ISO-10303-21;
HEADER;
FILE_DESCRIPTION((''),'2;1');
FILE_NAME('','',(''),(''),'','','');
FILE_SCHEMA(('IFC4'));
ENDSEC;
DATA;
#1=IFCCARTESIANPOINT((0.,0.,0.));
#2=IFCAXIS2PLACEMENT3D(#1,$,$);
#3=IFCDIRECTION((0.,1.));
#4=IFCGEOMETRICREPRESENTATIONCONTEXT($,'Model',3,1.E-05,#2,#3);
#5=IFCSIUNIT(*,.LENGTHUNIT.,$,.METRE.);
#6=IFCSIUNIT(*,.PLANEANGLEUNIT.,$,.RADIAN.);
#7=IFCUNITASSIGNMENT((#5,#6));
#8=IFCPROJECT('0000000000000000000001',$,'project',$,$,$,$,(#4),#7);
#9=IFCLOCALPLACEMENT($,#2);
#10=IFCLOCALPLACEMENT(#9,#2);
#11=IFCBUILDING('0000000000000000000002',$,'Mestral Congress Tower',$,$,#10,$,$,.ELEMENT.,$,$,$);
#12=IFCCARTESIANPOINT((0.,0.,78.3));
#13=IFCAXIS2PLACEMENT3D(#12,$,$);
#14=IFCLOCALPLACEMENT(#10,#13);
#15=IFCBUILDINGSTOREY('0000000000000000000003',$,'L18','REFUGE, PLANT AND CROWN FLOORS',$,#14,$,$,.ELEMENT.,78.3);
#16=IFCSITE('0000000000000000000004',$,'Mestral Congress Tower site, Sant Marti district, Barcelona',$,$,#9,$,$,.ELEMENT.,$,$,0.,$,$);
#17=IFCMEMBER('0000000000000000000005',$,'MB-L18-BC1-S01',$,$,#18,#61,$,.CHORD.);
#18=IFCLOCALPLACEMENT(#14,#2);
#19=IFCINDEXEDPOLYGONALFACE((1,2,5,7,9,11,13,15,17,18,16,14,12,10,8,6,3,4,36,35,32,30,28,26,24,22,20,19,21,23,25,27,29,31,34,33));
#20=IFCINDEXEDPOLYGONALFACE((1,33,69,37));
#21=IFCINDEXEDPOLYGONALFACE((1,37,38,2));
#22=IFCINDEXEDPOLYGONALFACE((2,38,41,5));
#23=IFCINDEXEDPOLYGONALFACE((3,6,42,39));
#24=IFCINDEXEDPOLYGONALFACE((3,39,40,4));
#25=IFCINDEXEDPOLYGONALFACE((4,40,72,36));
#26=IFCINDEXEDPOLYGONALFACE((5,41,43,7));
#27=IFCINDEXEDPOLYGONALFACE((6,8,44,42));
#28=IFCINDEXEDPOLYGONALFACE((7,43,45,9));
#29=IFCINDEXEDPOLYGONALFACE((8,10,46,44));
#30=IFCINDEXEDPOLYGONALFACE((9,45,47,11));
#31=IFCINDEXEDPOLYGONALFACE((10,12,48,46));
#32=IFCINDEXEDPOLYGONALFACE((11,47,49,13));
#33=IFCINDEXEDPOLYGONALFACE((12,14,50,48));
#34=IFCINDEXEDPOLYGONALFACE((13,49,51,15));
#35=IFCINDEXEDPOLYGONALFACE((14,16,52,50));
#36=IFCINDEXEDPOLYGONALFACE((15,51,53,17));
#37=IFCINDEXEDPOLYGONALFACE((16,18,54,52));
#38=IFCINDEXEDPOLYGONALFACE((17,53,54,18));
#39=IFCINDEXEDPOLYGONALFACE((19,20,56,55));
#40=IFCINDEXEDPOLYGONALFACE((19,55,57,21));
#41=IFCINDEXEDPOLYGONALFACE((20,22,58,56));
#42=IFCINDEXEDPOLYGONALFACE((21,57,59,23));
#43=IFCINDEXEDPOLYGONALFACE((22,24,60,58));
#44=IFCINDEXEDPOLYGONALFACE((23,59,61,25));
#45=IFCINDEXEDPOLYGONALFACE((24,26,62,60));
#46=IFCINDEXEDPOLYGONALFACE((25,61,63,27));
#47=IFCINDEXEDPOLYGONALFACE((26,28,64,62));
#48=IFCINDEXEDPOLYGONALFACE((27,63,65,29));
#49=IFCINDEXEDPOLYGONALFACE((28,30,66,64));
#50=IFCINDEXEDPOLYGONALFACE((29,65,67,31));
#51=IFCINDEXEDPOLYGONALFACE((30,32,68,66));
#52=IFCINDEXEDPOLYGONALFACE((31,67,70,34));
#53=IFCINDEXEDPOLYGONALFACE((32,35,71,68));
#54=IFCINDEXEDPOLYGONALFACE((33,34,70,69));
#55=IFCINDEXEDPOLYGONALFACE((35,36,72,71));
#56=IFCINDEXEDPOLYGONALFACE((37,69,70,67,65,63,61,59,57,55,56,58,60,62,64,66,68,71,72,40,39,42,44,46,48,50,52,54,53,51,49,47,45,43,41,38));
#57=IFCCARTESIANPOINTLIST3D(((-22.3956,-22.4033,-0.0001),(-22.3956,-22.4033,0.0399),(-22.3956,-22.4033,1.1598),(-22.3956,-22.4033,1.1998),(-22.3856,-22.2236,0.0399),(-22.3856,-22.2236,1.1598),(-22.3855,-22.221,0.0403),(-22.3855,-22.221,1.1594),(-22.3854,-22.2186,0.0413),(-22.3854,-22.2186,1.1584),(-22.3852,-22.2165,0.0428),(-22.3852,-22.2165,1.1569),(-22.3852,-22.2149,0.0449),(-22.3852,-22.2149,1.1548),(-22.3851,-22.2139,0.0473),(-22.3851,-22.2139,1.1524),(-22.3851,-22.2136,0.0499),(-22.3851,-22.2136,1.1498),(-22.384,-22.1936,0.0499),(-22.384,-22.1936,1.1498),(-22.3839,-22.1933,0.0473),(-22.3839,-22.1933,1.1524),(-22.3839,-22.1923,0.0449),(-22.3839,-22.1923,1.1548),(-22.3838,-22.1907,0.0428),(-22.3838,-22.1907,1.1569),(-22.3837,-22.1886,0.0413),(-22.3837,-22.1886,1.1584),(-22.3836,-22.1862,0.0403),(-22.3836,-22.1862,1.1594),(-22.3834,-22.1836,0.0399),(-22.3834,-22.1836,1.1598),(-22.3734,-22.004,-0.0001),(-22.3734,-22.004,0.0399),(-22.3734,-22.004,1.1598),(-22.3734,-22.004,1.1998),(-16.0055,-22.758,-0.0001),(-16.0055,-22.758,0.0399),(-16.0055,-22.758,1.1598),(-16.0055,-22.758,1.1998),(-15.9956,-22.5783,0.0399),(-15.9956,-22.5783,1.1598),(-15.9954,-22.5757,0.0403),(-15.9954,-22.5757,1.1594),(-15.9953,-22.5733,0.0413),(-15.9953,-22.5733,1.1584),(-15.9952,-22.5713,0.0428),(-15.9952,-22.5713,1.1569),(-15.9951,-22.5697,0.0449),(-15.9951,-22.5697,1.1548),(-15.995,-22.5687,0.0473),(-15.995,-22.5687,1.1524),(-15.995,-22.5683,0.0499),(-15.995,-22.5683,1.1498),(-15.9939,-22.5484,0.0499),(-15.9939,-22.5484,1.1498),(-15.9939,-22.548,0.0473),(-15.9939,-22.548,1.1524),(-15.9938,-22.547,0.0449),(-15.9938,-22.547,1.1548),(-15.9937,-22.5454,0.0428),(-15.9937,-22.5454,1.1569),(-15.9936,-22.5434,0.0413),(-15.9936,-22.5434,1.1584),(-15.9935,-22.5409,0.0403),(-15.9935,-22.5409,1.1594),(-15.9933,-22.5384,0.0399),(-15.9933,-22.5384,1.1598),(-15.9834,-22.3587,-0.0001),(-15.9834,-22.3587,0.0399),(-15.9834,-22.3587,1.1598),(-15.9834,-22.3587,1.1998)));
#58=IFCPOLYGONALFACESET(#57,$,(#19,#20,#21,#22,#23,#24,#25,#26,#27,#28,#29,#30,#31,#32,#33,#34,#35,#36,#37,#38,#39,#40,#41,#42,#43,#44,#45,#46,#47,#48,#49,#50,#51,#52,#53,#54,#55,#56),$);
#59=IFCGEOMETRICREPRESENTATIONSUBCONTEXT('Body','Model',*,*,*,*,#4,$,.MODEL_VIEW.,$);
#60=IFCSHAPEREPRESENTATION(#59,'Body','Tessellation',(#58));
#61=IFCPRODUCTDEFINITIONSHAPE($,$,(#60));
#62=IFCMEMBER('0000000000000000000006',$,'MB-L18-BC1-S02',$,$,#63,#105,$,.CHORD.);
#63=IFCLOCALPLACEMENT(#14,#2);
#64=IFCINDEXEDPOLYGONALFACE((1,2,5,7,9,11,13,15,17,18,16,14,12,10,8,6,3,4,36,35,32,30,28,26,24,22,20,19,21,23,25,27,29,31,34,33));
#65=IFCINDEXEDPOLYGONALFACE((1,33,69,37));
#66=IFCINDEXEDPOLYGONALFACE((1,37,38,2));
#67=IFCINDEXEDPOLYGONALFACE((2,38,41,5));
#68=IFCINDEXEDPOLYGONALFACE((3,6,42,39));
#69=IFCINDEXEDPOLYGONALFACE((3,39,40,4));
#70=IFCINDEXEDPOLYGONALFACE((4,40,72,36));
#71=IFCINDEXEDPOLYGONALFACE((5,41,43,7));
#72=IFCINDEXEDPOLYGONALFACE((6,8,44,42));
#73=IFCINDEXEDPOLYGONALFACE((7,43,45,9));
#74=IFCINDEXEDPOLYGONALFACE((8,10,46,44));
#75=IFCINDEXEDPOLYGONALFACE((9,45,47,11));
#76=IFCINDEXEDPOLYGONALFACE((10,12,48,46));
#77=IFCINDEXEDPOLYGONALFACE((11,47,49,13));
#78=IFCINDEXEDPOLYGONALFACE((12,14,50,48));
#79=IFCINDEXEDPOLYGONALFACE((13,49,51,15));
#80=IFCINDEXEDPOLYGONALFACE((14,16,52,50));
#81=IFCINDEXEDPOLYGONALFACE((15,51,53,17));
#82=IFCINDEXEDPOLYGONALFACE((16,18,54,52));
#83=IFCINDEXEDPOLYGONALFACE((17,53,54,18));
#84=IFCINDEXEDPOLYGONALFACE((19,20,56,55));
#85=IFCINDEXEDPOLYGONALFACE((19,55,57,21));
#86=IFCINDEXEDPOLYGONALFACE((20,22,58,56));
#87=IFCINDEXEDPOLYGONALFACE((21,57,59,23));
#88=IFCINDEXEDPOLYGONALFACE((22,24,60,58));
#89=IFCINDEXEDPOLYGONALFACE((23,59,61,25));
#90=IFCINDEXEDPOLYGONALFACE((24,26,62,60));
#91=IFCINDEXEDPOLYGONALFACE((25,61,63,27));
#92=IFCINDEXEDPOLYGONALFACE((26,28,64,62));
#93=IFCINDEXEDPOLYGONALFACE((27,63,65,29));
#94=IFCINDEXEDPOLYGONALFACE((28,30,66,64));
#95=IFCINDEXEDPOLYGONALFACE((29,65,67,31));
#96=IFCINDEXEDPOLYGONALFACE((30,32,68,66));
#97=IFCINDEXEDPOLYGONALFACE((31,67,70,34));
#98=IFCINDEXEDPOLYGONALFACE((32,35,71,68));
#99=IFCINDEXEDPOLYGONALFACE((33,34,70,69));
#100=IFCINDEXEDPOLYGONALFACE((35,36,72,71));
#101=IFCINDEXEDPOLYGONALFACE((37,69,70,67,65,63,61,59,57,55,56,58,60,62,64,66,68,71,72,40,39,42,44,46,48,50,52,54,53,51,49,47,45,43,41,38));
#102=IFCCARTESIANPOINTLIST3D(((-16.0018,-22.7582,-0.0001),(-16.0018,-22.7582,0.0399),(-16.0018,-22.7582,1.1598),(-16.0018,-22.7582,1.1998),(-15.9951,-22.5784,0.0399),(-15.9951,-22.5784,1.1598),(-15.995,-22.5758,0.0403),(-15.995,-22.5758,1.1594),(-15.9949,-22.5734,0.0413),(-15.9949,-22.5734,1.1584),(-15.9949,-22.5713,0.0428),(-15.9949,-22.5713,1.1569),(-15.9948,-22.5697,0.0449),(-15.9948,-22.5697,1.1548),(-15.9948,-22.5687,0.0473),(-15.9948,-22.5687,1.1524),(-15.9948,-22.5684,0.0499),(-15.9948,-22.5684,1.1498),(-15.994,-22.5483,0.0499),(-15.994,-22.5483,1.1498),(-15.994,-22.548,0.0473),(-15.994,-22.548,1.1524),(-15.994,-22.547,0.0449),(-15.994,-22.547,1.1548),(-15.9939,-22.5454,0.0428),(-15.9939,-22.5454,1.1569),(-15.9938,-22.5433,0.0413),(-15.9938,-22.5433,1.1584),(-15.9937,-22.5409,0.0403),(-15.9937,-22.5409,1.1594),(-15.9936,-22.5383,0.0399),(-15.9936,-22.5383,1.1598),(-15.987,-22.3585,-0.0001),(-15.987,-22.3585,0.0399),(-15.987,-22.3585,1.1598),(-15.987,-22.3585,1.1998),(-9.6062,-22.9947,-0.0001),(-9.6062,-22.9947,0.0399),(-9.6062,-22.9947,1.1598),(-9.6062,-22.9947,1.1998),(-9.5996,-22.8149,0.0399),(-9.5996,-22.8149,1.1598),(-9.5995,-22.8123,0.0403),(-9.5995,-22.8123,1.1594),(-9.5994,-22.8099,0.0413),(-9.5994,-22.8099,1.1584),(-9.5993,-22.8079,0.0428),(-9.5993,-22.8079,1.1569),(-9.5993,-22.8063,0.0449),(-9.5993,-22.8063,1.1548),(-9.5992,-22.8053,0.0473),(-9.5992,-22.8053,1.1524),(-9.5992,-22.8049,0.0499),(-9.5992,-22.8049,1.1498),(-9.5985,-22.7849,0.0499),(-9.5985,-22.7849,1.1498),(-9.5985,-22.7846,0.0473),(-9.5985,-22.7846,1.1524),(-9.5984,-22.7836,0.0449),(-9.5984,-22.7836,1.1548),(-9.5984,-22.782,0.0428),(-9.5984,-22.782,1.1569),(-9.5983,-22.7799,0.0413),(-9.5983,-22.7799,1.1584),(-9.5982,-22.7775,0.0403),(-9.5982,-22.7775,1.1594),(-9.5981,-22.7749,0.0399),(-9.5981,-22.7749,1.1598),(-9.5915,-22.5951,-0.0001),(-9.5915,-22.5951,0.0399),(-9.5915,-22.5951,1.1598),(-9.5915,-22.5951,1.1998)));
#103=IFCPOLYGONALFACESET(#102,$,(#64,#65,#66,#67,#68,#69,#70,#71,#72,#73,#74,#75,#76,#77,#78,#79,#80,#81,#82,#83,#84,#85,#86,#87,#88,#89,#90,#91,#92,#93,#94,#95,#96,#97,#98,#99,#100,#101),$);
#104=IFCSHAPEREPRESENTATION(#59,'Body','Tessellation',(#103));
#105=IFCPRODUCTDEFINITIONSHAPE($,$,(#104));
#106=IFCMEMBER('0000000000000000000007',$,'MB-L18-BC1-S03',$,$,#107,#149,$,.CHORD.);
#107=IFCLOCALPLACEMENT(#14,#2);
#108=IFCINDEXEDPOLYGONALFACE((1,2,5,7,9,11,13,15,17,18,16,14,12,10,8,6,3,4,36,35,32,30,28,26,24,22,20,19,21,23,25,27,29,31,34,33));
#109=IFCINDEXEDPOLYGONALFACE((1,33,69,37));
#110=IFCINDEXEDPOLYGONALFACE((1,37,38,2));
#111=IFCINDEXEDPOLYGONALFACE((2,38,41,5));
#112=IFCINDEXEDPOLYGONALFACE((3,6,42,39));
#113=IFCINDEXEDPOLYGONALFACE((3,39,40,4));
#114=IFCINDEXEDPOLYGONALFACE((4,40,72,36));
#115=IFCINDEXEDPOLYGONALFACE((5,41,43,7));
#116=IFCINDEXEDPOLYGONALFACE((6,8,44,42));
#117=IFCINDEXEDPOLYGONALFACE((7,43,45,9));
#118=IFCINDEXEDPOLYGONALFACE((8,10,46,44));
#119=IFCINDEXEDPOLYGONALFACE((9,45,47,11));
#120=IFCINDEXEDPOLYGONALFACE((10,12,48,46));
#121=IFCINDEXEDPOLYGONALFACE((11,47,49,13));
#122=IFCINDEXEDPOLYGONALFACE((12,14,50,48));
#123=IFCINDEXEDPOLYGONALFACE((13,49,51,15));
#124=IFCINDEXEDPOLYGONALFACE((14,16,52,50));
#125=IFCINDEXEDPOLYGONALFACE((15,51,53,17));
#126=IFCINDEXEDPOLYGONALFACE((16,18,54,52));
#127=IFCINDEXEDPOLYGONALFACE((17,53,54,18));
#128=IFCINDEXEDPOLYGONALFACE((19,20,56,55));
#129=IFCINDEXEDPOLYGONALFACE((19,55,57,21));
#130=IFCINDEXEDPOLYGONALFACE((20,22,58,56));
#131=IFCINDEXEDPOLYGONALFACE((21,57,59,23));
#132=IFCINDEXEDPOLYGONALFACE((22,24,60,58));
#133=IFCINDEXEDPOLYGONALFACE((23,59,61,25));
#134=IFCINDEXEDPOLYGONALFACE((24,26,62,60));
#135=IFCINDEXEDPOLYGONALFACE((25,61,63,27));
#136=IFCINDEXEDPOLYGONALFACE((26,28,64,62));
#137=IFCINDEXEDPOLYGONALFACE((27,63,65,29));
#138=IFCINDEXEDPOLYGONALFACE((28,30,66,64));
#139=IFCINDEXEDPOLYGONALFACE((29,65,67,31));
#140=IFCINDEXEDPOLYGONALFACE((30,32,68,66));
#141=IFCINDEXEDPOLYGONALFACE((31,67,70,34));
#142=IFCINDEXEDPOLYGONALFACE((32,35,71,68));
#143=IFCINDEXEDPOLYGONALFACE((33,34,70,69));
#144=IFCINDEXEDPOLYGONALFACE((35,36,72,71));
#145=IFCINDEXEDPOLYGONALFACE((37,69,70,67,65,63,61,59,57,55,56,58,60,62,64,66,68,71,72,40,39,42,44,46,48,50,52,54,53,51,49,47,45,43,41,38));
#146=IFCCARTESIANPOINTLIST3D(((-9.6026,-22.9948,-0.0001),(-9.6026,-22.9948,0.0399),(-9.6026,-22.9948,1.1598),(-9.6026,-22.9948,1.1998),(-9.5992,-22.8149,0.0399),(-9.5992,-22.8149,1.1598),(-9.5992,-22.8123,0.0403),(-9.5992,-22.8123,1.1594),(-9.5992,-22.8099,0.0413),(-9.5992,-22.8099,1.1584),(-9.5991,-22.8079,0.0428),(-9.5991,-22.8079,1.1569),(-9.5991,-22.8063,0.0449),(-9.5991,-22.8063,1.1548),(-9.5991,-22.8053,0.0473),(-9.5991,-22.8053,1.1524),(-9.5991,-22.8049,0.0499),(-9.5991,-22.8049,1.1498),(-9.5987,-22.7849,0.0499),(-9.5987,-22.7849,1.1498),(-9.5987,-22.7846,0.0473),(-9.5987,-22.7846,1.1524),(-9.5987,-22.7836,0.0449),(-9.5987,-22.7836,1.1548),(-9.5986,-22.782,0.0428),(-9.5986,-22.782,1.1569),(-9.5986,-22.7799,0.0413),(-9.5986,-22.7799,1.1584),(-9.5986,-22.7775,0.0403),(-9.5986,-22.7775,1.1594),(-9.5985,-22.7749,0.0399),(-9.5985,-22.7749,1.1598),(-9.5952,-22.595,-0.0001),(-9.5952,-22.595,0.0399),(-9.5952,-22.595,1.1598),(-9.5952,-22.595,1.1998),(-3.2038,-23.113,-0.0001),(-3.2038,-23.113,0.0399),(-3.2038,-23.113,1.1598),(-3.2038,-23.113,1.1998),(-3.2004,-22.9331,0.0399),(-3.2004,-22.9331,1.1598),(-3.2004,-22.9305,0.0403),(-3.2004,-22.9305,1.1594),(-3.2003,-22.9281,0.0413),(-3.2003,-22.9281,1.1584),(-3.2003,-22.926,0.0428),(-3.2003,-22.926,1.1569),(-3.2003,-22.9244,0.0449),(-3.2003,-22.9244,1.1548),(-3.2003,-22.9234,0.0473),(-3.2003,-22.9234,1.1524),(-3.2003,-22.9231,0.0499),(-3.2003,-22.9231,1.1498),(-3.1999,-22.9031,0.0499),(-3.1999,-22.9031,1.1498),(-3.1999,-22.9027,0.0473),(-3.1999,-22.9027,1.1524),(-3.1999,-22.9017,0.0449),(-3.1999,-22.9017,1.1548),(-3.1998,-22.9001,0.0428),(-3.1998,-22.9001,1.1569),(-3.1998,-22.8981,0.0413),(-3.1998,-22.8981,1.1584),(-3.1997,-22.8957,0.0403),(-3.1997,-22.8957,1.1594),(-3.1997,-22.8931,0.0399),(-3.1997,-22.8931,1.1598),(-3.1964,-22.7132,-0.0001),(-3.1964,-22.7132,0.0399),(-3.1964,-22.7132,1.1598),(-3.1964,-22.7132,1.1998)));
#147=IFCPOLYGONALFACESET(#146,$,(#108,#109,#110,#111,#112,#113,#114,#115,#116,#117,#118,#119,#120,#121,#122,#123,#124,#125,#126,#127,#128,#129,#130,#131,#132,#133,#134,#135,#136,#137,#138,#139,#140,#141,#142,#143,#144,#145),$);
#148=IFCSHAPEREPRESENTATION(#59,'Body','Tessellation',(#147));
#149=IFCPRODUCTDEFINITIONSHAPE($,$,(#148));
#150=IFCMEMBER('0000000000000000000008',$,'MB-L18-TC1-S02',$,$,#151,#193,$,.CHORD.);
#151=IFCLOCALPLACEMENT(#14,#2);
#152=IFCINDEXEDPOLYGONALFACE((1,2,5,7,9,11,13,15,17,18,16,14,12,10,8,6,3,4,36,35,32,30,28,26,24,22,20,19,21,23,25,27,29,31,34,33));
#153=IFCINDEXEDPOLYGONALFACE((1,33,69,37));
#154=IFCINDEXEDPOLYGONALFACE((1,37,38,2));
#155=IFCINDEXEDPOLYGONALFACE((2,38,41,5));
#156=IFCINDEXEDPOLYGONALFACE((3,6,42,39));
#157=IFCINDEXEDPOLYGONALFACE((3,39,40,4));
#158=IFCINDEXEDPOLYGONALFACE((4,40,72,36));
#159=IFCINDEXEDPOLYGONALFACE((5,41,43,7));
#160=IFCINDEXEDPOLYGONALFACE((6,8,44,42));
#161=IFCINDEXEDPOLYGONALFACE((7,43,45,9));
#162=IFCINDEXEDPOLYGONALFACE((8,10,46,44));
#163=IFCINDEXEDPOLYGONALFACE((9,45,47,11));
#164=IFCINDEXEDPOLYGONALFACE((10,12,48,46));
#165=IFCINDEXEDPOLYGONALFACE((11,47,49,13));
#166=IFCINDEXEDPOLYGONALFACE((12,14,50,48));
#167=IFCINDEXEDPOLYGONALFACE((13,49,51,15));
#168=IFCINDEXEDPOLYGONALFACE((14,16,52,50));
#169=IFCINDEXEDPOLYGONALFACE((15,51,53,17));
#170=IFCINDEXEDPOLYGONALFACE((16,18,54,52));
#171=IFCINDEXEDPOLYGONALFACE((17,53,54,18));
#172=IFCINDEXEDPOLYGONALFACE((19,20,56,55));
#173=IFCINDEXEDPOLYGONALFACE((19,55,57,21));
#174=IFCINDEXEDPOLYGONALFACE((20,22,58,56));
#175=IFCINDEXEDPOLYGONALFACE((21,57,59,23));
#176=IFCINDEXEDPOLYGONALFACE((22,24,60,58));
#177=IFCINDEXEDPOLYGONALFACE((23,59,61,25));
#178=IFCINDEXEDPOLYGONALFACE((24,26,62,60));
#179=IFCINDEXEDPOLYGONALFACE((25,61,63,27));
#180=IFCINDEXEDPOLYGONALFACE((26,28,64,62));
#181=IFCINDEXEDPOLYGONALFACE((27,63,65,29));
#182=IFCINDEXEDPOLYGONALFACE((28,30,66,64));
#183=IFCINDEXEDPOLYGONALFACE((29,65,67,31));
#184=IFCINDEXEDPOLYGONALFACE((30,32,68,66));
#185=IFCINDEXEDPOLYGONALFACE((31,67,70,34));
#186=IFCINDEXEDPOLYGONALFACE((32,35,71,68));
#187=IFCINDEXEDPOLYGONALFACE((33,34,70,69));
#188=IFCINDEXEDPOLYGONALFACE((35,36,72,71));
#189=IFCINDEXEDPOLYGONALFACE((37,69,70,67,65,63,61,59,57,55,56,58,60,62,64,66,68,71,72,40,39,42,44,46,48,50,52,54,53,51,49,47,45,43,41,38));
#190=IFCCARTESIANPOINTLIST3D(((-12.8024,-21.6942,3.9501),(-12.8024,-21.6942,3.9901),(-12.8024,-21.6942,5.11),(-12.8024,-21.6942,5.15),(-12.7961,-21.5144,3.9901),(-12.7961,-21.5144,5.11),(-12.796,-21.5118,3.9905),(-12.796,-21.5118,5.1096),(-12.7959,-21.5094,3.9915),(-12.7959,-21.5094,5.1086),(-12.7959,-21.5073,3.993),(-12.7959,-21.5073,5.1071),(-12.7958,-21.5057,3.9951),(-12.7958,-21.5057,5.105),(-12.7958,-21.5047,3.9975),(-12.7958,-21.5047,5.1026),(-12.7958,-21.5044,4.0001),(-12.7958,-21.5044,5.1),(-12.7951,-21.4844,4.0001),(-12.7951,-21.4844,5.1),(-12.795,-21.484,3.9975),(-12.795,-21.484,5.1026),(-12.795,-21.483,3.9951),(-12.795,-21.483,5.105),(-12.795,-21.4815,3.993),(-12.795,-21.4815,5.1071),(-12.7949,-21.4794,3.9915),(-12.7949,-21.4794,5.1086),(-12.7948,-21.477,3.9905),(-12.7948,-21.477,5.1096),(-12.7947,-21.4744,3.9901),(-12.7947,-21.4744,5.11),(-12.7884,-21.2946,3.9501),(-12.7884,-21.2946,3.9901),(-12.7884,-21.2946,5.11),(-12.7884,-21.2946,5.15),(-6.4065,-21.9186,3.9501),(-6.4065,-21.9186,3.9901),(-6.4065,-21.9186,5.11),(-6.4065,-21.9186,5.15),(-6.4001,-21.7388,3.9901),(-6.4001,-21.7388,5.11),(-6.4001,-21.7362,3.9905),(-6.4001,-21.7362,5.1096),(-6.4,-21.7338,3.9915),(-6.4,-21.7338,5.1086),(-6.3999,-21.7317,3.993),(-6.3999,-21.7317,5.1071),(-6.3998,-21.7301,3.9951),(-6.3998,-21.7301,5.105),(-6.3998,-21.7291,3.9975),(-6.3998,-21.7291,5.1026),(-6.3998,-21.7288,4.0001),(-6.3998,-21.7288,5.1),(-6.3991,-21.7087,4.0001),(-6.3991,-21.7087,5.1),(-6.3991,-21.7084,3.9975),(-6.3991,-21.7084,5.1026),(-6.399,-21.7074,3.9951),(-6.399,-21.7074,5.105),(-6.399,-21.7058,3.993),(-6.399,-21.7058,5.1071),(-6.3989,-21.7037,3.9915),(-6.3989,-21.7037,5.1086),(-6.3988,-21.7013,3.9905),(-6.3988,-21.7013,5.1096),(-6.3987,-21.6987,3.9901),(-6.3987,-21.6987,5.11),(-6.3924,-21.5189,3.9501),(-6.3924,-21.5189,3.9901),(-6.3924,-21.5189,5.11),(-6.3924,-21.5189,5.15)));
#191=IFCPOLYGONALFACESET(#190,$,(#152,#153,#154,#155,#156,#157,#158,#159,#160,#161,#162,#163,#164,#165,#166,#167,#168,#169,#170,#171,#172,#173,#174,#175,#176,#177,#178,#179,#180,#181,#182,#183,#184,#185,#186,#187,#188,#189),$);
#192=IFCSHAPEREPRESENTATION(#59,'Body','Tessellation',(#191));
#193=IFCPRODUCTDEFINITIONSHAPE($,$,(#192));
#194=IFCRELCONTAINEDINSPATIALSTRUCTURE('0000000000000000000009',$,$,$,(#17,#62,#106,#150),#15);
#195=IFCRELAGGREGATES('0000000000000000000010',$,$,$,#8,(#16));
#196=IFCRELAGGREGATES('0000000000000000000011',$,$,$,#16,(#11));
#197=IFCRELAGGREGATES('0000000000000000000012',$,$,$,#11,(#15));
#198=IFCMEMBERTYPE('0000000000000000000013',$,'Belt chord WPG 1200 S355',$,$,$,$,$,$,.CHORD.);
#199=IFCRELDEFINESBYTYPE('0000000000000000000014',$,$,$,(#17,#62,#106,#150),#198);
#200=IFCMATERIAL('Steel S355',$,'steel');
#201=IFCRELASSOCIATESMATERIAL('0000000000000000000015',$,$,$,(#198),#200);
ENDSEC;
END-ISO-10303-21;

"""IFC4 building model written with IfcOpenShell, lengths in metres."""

from ifc_helpers import new_model, si_unit, direction, frame, origin, origin_2d, place, context, subcontext, project, spatial, i_section, extrude, material, material_profile, profile_set, type_object, element, save


model = new_model("IFC4")

# Units and contexts
model_context = context("Model", 3, precision=1e-05, world=origin(), true_north=direction((0.0, 1.0)))
body_context = subcontext(model_context, "Body", "Model", "MODEL_VIEW")
ifc_project = project(units=[si_unit("LENGTHUNIT", "METRE"), si_unit("PLANEANGLEUNIT", "RADIAN")], contexts=[model_context])

# Site, building, storey
site_placement = place(None, origin())
site = spatial("IfcSite", under=ifc_project, at=site_placement, Name="Mestral Congress Tower site, Sant Marti district, Barcelona", CompositionType="ELEMENT", RefElevation=0.0)
building_placement = place(site_placement, origin())
building = spatial("IfcBuilding", under=site, at=building_placement, Name="Mestral Congress Tower", CompositionType="ELEMENT")
storey_placement = place(building_placement, frame((0.0, 0.0, 78.3)))
storey = spatial("IfcBuildingStorey", under=building, at=storey_placement, Name="L18", Description="REFUGE, PLANT AND CROWN FLOORS", CompositionType="ELEMENT", Elevation=78.3)

# Members
ifc_material_1 = material(Name="Steel S355", Category="steel")
ifc_material_profile_1 = material_profile(ifc_material_1, i_section(OverallWidth=0.3999, OverallDepth=1.2, WebThickness=0.02, FlangeThickness=0.04, FilletRadius=0.01, at=origin_2d()), Name="WPG 1200")
ifc_profile_set_1 = profile_set([ifc_material_profile_1], Name="Steel S355")
member_type_1 = type_object("IfcMemberType", Name="Belt chord WPG 1200 S355", PredefinedType="CHORD", material=ifc_profile_set_1)
for number, where, z_axis, x_axis, name in (
    (1, (-22.3845, -22.2036, 0.5999), (0.998463, -0.055428, 0.0), (0.055428, 0.998463, 0.0), "MB-L18-BC1-S01"),
    (2, (-15.9944, -22.5583, 0.5999), (0.999317, -0.036965, 0.0), (0.036965, 0.999317, 0.0), "MB-L18-BC1-S02"),
    (3, (-9.5989, -22.7949, 0.5999), (0.99983, -0.018463, 0.0), (0.018463, 0.99983, 0.0), "MB-L18-BC1-S03"),
    (4, (-12.7954, -21.4944, 4.55), (0.999385, -0.035057, 0.0), (0.035057, 0.999385, 0.0), "MB-L18-TC1-S02"),
):
    element("IfcMember", number, at=place(storey_placement, frame(where, z_axis=z_axis, x_axis=x_axis)), inside=storey, type_object=member_type_1, Name=name, PredefinedType="CHORD", context=body_context, shape_type="SweptSolid", body=[
        extrude(i_section(OverallWidth=0.3999, OverallDepth=1.2, WebThickness=0.02, FlangeThickness=0.04, FilletRadius=0.01, at=origin_2d()), origin(), (0.0, 0.0, 1.0), 6.3999),
    ])

save(model, "model.ifc")
